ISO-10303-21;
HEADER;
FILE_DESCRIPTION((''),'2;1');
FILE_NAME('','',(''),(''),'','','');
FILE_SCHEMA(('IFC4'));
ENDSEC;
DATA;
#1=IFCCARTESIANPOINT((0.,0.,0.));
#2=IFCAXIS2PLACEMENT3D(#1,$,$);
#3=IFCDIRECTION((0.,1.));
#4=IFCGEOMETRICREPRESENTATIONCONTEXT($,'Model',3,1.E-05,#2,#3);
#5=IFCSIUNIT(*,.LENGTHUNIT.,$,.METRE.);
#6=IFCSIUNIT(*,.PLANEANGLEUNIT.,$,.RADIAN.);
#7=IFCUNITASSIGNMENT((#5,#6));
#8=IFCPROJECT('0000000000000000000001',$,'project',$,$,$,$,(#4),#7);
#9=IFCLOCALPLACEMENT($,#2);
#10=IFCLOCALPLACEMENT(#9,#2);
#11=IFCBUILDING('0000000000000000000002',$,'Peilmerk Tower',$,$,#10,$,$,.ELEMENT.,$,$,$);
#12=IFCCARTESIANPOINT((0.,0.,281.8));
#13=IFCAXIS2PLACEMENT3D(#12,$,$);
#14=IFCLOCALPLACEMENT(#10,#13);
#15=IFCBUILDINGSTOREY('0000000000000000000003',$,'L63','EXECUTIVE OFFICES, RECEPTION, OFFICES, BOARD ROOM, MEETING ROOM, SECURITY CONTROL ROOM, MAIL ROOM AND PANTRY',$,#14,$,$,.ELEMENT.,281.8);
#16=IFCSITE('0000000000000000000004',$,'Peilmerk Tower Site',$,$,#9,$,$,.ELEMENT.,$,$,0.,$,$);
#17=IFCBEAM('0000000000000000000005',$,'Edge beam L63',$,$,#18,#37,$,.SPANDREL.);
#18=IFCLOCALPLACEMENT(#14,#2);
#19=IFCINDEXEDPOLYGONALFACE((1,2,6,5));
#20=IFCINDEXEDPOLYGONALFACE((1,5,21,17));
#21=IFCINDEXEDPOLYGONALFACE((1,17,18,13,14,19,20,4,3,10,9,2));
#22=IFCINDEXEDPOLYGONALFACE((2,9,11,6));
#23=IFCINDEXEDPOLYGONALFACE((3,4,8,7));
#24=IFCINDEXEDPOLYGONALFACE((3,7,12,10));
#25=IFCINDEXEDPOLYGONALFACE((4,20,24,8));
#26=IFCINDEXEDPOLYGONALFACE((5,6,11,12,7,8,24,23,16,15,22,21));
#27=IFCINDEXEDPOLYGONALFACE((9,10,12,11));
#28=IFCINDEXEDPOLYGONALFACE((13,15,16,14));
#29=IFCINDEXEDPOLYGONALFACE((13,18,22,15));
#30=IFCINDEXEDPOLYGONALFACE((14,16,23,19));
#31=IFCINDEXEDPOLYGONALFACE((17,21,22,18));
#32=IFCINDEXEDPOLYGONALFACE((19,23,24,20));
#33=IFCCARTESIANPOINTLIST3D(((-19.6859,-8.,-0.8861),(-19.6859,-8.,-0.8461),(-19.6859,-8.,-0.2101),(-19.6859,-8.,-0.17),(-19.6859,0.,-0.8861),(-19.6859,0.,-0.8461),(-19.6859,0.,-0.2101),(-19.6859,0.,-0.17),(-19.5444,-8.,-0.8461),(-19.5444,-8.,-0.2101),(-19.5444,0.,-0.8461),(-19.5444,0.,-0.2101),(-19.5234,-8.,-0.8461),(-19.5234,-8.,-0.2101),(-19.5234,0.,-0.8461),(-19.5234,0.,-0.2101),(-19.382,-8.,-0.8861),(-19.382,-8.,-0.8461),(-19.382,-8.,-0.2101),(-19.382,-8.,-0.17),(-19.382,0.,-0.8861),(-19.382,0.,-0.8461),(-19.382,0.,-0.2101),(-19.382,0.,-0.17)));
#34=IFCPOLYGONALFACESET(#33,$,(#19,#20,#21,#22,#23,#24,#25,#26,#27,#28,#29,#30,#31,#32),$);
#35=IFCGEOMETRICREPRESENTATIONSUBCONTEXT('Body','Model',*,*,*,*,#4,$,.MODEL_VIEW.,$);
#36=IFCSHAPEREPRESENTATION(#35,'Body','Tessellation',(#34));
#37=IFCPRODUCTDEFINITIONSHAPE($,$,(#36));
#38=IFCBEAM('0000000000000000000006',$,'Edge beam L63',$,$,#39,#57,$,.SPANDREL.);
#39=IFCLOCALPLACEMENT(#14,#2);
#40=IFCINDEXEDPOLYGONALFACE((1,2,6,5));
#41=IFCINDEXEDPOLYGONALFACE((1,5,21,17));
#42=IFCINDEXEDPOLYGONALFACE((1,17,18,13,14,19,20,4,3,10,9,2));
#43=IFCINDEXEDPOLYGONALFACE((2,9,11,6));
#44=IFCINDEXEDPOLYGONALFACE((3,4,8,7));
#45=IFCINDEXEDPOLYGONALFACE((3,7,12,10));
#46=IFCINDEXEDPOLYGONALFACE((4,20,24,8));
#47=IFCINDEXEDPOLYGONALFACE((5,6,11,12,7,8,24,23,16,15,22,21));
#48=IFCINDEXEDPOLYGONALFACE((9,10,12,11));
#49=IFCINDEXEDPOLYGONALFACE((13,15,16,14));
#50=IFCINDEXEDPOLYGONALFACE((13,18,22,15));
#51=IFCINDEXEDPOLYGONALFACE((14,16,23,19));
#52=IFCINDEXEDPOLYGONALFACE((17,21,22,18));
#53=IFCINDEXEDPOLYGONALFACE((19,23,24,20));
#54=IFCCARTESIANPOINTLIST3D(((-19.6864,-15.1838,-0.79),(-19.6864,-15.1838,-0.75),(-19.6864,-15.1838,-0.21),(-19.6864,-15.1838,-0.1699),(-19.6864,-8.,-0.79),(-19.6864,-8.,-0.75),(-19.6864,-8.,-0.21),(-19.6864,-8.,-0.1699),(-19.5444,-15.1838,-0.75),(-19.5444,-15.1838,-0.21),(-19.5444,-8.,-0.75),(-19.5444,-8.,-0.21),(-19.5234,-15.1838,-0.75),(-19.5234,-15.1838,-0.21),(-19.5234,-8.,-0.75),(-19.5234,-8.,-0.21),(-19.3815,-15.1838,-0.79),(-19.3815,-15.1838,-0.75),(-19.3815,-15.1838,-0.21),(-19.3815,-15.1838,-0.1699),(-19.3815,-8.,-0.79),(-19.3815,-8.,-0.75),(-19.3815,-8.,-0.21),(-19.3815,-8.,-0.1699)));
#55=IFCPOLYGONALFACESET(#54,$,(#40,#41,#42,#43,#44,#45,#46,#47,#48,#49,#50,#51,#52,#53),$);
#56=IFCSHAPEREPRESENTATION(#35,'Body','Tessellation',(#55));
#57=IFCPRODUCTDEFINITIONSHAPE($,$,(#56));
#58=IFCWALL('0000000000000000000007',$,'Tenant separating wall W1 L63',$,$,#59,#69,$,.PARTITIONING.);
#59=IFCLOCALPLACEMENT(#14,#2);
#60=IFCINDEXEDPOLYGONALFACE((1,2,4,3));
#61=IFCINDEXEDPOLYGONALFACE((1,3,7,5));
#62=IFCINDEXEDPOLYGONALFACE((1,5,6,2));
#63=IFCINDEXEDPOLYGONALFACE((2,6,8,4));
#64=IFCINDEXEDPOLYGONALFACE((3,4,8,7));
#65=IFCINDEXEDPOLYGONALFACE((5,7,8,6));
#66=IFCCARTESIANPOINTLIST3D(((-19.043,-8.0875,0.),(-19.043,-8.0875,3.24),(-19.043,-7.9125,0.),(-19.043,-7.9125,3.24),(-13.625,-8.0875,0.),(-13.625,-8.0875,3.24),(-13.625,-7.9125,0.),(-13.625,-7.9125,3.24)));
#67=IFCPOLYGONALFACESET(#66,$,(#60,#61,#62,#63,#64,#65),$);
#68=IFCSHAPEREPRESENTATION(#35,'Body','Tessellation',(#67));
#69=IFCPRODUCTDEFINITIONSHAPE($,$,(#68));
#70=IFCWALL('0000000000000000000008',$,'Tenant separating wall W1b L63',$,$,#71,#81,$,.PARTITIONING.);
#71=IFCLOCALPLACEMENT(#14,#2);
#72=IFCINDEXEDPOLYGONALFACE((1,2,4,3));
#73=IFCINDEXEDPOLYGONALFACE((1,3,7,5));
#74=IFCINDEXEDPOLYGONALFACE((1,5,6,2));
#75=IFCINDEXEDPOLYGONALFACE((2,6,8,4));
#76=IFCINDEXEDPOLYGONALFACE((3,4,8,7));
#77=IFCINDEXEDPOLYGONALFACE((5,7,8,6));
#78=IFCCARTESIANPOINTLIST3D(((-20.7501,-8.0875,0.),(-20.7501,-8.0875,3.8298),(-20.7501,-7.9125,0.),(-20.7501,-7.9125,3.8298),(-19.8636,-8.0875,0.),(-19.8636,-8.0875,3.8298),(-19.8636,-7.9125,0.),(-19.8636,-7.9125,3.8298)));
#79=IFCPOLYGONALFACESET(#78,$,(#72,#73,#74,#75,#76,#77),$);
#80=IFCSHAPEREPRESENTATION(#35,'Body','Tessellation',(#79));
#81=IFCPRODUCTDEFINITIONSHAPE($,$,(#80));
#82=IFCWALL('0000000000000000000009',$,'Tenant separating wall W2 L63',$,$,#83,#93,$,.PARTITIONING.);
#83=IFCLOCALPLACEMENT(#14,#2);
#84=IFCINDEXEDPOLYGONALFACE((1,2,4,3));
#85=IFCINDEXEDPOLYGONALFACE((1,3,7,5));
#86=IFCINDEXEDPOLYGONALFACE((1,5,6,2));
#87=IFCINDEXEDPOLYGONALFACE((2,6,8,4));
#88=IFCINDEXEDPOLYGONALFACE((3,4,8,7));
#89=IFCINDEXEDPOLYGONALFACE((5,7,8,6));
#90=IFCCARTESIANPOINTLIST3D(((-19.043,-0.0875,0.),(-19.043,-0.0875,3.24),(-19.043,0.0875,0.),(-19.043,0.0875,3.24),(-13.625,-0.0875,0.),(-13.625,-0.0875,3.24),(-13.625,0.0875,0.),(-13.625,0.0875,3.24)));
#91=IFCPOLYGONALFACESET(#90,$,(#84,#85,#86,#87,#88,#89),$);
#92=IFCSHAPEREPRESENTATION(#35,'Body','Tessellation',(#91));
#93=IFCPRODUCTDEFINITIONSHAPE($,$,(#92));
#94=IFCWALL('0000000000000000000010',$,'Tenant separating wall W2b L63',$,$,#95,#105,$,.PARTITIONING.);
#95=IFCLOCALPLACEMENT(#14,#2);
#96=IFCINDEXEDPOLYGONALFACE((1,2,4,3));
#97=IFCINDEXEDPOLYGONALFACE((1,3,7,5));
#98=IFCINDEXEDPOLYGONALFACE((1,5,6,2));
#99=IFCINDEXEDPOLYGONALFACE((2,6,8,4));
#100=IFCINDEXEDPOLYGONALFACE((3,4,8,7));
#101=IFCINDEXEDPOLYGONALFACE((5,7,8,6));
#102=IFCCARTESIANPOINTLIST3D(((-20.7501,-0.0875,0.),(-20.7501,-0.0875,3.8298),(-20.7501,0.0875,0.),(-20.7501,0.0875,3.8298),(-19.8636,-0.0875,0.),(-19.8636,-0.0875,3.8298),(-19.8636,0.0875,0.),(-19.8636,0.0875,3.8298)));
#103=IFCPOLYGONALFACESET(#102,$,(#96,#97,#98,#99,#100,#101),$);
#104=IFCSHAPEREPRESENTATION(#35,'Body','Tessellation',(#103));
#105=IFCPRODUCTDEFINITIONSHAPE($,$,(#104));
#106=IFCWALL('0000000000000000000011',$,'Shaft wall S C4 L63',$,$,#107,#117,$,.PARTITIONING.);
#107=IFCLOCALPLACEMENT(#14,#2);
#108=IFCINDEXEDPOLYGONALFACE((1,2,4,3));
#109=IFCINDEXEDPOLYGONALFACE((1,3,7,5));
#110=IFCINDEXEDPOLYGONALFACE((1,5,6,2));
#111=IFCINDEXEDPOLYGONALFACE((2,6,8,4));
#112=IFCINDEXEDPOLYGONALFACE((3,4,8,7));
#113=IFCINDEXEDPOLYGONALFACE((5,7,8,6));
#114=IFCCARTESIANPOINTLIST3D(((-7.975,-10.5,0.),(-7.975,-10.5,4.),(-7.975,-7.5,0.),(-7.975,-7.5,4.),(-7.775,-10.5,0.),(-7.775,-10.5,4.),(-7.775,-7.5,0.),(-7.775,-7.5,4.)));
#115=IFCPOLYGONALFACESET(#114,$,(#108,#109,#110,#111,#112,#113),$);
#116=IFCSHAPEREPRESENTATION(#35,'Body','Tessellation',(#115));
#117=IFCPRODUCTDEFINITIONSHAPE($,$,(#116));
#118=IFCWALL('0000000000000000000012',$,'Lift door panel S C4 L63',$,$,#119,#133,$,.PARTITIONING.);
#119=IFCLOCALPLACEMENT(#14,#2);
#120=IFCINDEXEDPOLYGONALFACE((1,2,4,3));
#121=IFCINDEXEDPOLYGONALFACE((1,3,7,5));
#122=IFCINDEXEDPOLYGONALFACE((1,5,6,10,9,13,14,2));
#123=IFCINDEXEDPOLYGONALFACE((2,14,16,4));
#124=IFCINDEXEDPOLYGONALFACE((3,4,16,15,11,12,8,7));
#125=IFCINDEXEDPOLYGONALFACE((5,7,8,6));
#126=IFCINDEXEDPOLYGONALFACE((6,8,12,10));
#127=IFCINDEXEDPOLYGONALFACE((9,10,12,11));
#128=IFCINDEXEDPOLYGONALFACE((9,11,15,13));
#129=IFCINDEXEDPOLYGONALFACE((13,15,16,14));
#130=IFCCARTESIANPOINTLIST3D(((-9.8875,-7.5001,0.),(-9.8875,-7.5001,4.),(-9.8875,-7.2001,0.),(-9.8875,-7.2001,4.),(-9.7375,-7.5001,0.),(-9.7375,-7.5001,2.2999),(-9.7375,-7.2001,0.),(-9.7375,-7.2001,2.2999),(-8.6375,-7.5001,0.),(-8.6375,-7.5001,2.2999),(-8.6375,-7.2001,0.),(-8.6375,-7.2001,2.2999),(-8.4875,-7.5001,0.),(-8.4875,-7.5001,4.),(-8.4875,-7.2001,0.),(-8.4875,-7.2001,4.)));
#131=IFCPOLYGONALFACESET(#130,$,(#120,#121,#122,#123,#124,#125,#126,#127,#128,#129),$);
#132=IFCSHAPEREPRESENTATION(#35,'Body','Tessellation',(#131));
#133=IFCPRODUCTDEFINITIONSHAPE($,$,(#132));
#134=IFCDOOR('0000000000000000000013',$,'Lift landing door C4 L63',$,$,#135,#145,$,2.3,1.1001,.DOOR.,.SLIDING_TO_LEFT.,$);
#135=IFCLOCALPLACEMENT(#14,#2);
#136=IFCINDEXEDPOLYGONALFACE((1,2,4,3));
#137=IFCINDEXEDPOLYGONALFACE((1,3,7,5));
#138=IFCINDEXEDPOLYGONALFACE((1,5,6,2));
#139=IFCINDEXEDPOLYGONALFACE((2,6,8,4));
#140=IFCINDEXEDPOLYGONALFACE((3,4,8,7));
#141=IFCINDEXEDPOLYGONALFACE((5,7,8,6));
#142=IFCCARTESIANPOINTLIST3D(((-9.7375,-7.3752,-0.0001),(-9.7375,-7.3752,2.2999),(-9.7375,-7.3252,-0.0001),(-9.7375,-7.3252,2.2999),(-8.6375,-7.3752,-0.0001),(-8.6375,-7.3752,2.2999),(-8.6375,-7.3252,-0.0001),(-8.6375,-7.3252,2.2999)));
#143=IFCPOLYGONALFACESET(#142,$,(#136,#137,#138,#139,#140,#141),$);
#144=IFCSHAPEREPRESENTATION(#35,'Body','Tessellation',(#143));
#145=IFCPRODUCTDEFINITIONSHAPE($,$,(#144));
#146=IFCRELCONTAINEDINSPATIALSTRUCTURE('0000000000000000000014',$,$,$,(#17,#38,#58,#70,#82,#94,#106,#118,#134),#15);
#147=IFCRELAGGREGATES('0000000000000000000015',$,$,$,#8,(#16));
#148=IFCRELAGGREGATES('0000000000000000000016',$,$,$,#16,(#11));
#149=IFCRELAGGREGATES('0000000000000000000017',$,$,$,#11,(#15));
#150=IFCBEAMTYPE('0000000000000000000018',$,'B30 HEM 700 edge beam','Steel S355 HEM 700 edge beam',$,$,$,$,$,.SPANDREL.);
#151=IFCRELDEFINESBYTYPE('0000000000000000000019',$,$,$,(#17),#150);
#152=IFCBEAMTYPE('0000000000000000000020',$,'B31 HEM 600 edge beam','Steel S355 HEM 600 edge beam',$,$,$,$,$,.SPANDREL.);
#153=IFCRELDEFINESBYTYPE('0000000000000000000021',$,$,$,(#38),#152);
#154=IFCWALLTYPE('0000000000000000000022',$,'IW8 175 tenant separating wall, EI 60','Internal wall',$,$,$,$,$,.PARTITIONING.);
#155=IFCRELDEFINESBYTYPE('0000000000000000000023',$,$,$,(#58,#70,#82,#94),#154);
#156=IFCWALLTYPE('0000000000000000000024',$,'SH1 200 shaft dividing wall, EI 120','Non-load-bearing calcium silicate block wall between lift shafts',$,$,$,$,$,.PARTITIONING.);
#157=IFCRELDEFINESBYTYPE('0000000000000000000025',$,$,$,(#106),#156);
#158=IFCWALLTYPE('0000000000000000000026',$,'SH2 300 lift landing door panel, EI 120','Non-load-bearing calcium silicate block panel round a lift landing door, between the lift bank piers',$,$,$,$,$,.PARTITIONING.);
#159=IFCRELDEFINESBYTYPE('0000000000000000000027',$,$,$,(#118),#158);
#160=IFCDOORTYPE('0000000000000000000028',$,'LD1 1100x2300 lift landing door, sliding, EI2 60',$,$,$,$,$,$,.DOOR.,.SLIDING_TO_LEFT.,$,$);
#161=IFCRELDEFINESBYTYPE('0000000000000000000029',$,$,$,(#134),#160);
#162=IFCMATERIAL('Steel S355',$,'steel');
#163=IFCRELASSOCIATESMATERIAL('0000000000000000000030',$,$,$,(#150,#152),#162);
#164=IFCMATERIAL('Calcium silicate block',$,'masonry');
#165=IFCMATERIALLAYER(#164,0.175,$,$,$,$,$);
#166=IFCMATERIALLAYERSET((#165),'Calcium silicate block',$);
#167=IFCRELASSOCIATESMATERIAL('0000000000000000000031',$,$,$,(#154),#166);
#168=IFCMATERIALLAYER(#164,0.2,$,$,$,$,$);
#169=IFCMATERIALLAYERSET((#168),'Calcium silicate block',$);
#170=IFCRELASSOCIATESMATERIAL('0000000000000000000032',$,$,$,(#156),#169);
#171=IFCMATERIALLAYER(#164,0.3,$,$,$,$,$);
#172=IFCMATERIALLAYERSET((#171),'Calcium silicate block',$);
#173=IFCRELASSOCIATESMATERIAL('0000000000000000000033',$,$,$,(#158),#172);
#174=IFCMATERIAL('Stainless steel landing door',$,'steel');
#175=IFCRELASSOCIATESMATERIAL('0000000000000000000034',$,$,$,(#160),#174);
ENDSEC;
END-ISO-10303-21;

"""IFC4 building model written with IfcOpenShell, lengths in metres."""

from ifc_helpers import new_model, si_unit, direction, frame, frame_2d, origin, origin_2d, place, context, subcontext, project, spatial, rectangle, i_section, extrude, material, layer, layer_set, material_profile, profile_set, type_object, element, fill, save


model = new_model("IFC4")

# Units and contexts
model_context = context("Model", 3, precision=1e-05, world=origin(), true_north=direction((0.0, 1.0)))
body_context = subcontext(model_context, "Body", "Model", "MODEL_VIEW")
ifc_project = project(units=[si_unit("LENGTHUNIT", "METRE"), si_unit("PLANEANGLEUNIT", "RADIAN")], contexts=[model_context])

# Site, building, storey
site_placement = place(None, origin())
site = spatial("IfcSite", under=ifc_project, at=site_placement, Name="Peilmerk Tower Site", CompositionType="ELEMENT", RefElevation=0.0)
building_placement = place(site_placement, origin())
building = spatial("IfcBuilding", under=site, at=building_placement, Name="Peilmerk Tower", CompositionType="ELEMENT")
storey_placement = place(building_placement, frame((0.0, 0.0, 281.8)))
storey = spatial("IfcBuildingStorey", under=building, at=storey_placement, Name="L63", Description="EXECUTIVE OFFICES, RECEPTION, OFFICES, BOARD ROOM, MEETING ROOM, SECURITY CONTROL ROOM, MAIL ROOM AND PANTRY", CompositionType="ELEMENT", Elevation=281.8)

# Beams
ifc_material_1 = material(Name="Steel S355", Category="steel")
ifc_material_profile_1 = material_profile(ifc_material_1, i_section(OverallWidth=0.304, OverallDepth=0.7161, WebThickness=0.021, FlangeThickness=0.04, at=origin_2d()), Name="HEM 700")
ifc_profile_set_1 = profile_set([ifc_material_profile_1], Name="Steel S355")
beam_type_1 = type_object("IfcBeamType", Name="B30 HEM 700 edge beam", Description="Steel S355 HEM 700 edge beam", PredefinedType="SPANDREL", material=ifc_profile_set_1)
beam_1_placement = place(storey_placement, frame((-19.5339, 0.0, -0.5281), z_axis=(0.0, -1.0, 0.0), x_axis=(1.0, 0.0, 0.0)))
element("IfcBeam", 1, at=beam_1_placement, inside=storey, type_object=beam_type_1, Name="Edge beam L63", PredefinedType="SPANDREL", context=body_context, shape_type="SweptSolid", body=[
    extrude(i_section(OverallWidth=0.304, OverallDepth=0.7161, WebThickness=0.021, FlangeThickness=0.04, at=origin_2d()), origin(), (0.0, 0.0, 1.0), 8.0),
])
ifc_material_profile_2 = material_profile(ifc_material_1, i_section(OverallWidth=0.3049, OverallDepth=0.6201, WebThickness=0.021, FlangeThickness=0.04, at=origin_2d()), Name="HEM 600")
ifc_profile_set_2 = profile_set([ifc_material_profile_2], Name="Steel S355")
beam_type_2 = type_object("IfcBeamType", Name="B31 HEM 600 edge beam", Description="Steel S355 HEM 600 edge beam", PredefinedType="SPANDREL", material=ifc_profile_set_2)
beam_2_placement = place(storey_placement, frame((-19.5339, -8.0, -0.48), z_axis=(0.0, -1.0, 0.0), x_axis=(1.0, 0.0, 0.0)))
element("IfcBeam", 2, at=beam_2_placement, inside=storey, type_object=beam_type_2, Name="Edge beam L63", PredefinedType="SPANDREL", context=body_context, shape_type="SweptSolid", body=[
    extrude(i_section(OverallWidth=0.3049, OverallDepth=0.6201, WebThickness=0.021, FlangeThickness=0.04, at=origin_2d()), origin(), (0.0, 0.0, 1.0), 7.1838),
])

# Walls
ifc_material_2 = material(Name="Calcium silicate block", Category="masonry")
ifc_layer_1 = layer(ifc_material_2, 0.175)
ifc_layer_set_1 = layer_set([ifc_layer_1], Name="Calcium silicate block")
wall_type_1 = type_object("IfcWallType", Name="IW8 175 tenant separating wall, EI 60", Description="Internal wall", PredefinedType="PARTITIONING", material=ifc_layer_set_1)
wall_1_placement = place(storey_placement, frame((-13.625, -8.0, 0.0), z_axis=(0.0, 0.0, 1.0), x_axis=(-1.0, 0.0, 0.0)))
element("IfcWall", 3, at=wall_1_placement, inside=storey, type_object=wall_type_1, Name="Tenant separating wall W1 L63", PredefinedType="PARTITIONING", context=body_context, shape_type="SweptSolid", body=[
    extrude(rectangle(XDim=5.418, YDim=0.175, at=frame_2d((2.709, 0.0))), origin(), (0.0, 0.0, 1.0), 3.24),
])
wall_2_placement = place(storey_placement, frame((-19.8635, -8.0, 0.0), z_axis=(0.0, 0.0, 1.0), x_axis=(-1.0, 0.0, 0.0)))
element("IfcWall", 4, at=wall_2_placement, inside=storey, type_object=wall_type_1, Name="Tenant separating wall W1b L63", PredefinedType="PARTITIONING", context=body_context, shape_type="SweptSolid", body=[
    extrude(rectangle(XDim=0.8865, YDim=0.175, at=frame_2d((0.4434, 0.0))), origin(), (0.0, 0.0, 1.0), 3.8298),
])
wall_3_placement = place(storey_placement, frame((-13.625, 0.0, 0.0), z_axis=(0.0, 0.0, 1.0), x_axis=(-1.0, 0.0, 0.0)))
element("IfcWall", 5, at=wall_3_placement, inside=storey, type_object=wall_type_1, Name="Tenant separating wall W2 L63", PredefinedType="PARTITIONING", context=body_context, shape_type="SweptSolid", body=[
    extrude(rectangle(XDim=5.418, YDim=0.175, at=frame_2d((2.709, 0.0))), origin(), (0.0, 0.0, 1.0), 3.24),
])
wall_4_placement = place(storey_placement, frame((-19.8635, 0.0, 0.0), z_axis=(0.0, 0.0, 1.0), x_axis=(-1.0, 0.0, 0.0)))
element("IfcWall", 6, at=wall_4_placement, inside=storey, type_object=wall_type_1, Name="Tenant separating wall W2b L63", PredefinedType="PARTITIONING", context=body_context, shape_type="SweptSolid", body=[
    extrude(rectangle(XDim=0.8865, YDim=0.175, at=frame_2d((0.4434, 0.0))), origin(), (0.0, 0.0, 1.0), 3.8298),
])
ifc_layer_2 = layer(ifc_material_2, 0.2)
ifc_layer_set_2 = layer_set([ifc_layer_2], Name="Calcium silicate block")
wall_type_2 = type_object("IfcWallType", Name="SH1 200 shaft dividing wall, EI 120", Description="Non-load-bearing calcium silicate block wall between lift shafts", PredefinedType="PARTITIONING", material=ifc_layer_set_2)
wall_5_placement = place(storey_placement, frame((-7.875, -10.5, 0.0), z_axis=(0.0, 0.0, 1.0), x_axis=(0.0, 1.0, 0.0)))
element("IfcWall", 7, at=wall_5_placement, inside=storey, type_object=wall_type_2, Name="Shaft wall S C4 L63", PredefinedType="PARTITIONING", context=body_context, shape_type="SweptSolid", body=[
    extrude(rectangle(XDim=3.0, YDim=0.2, at=frame_2d((1.5, 0.0))), origin(), (0.0, 0.0, 1.0), 4.0),
])

# Wall, opening, door
ifc_layer_3 = layer(ifc_material_2, 0.3)
ifc_layer_set_3 = layer_set([ifc_layer_3], Name="Calcium silicate block")
wall_type_3 = type_object("IfcWallType", Name="SH2 300 lift landing door panel, EI 120", Description="Non-load-bearing calcium silicate block panel round a lift landing door, between the lift bank piers", PredefinedType="PARTITIONING", material=ifc_layer_set_3)
wall_6_placement = place(storey_placement, frame((-9.8875, -7.3501, 0.0), z_axis=(0.0, 0.0, 1.0), x_axis=(1.0, 0.0, 0.0)))
wall_6 = element("IfcWall", 8, at=wall_6_placement, inside=storey, type_object=wall_type_3, Name="Lift door panel S C4 L63", PredefinedType="PARTITIONING", context=body_context, shape_type="SweptSolid", body=[
    extrude(rectangle(XDim=1.3999, YDim=0.3, at=frame_2d((0.7, 0.0))), origin(), (0.0, 0.0, 1.0), 4.0),
])
opening_1_placement = place(wall_6_placement, frame((0.1499, 0.0, 0.0)))
opening_1 = element("IfcOpeningElement", 9, at=opening_1_placement, cuts=wall_6, PredefinedType="OPENING", context=body_context, shape_type="SweptSolid", body=[
    extrude(rectangle(XDim=1.1001, YDim=2.3, at=frame_2d((0.55, 1.1499))), frame((0.0, 0.1599, 0.0), z_axis=(0.0, -1.0, 0.0), x_axis=(1.0, 0.0, 0.0)), (0.0, 0.0, 1.0), 0.3201),
])
ifc_material_3 = material(Name="Stainless steel landing door", Category="steel")
door_type_1 = type_object("IfcDoorType", Name="LD1 1100x2300 lift landing door, sliding, EI2 60", OperationType="SLIDING_TO_LEFT", PredefinedType="DOOR", material=ifc_material_3)
door_1_placement = place(opening_1_placement, origin())
door_1 = element("IfcDoor", 10, at=door_1_placement, inside=storey, type_object=door_type_1, Name="Lift landing door C4 L63", OperationType="SLIDING_TO_LEFT", OverallHeight=2.3, OverallWidth=1.1001, PredefinedType="DOOR", context=body_context, shape_type="SweptSolid", body=[
    extrude(rectangle(XDim=1.1001, YDim=2.3, at=frame_2d((0.55, 1.1499))), frame((0.0, 0.0249, 0.0), z_axis=(0.0, -1.0, 0.0), x_axis=(1.0, 0.0, 0.0)), (0.0, 0.0, 1.0), 0.05),
])
fill(opening_1, door_1)

save(model, "model.ifc")
